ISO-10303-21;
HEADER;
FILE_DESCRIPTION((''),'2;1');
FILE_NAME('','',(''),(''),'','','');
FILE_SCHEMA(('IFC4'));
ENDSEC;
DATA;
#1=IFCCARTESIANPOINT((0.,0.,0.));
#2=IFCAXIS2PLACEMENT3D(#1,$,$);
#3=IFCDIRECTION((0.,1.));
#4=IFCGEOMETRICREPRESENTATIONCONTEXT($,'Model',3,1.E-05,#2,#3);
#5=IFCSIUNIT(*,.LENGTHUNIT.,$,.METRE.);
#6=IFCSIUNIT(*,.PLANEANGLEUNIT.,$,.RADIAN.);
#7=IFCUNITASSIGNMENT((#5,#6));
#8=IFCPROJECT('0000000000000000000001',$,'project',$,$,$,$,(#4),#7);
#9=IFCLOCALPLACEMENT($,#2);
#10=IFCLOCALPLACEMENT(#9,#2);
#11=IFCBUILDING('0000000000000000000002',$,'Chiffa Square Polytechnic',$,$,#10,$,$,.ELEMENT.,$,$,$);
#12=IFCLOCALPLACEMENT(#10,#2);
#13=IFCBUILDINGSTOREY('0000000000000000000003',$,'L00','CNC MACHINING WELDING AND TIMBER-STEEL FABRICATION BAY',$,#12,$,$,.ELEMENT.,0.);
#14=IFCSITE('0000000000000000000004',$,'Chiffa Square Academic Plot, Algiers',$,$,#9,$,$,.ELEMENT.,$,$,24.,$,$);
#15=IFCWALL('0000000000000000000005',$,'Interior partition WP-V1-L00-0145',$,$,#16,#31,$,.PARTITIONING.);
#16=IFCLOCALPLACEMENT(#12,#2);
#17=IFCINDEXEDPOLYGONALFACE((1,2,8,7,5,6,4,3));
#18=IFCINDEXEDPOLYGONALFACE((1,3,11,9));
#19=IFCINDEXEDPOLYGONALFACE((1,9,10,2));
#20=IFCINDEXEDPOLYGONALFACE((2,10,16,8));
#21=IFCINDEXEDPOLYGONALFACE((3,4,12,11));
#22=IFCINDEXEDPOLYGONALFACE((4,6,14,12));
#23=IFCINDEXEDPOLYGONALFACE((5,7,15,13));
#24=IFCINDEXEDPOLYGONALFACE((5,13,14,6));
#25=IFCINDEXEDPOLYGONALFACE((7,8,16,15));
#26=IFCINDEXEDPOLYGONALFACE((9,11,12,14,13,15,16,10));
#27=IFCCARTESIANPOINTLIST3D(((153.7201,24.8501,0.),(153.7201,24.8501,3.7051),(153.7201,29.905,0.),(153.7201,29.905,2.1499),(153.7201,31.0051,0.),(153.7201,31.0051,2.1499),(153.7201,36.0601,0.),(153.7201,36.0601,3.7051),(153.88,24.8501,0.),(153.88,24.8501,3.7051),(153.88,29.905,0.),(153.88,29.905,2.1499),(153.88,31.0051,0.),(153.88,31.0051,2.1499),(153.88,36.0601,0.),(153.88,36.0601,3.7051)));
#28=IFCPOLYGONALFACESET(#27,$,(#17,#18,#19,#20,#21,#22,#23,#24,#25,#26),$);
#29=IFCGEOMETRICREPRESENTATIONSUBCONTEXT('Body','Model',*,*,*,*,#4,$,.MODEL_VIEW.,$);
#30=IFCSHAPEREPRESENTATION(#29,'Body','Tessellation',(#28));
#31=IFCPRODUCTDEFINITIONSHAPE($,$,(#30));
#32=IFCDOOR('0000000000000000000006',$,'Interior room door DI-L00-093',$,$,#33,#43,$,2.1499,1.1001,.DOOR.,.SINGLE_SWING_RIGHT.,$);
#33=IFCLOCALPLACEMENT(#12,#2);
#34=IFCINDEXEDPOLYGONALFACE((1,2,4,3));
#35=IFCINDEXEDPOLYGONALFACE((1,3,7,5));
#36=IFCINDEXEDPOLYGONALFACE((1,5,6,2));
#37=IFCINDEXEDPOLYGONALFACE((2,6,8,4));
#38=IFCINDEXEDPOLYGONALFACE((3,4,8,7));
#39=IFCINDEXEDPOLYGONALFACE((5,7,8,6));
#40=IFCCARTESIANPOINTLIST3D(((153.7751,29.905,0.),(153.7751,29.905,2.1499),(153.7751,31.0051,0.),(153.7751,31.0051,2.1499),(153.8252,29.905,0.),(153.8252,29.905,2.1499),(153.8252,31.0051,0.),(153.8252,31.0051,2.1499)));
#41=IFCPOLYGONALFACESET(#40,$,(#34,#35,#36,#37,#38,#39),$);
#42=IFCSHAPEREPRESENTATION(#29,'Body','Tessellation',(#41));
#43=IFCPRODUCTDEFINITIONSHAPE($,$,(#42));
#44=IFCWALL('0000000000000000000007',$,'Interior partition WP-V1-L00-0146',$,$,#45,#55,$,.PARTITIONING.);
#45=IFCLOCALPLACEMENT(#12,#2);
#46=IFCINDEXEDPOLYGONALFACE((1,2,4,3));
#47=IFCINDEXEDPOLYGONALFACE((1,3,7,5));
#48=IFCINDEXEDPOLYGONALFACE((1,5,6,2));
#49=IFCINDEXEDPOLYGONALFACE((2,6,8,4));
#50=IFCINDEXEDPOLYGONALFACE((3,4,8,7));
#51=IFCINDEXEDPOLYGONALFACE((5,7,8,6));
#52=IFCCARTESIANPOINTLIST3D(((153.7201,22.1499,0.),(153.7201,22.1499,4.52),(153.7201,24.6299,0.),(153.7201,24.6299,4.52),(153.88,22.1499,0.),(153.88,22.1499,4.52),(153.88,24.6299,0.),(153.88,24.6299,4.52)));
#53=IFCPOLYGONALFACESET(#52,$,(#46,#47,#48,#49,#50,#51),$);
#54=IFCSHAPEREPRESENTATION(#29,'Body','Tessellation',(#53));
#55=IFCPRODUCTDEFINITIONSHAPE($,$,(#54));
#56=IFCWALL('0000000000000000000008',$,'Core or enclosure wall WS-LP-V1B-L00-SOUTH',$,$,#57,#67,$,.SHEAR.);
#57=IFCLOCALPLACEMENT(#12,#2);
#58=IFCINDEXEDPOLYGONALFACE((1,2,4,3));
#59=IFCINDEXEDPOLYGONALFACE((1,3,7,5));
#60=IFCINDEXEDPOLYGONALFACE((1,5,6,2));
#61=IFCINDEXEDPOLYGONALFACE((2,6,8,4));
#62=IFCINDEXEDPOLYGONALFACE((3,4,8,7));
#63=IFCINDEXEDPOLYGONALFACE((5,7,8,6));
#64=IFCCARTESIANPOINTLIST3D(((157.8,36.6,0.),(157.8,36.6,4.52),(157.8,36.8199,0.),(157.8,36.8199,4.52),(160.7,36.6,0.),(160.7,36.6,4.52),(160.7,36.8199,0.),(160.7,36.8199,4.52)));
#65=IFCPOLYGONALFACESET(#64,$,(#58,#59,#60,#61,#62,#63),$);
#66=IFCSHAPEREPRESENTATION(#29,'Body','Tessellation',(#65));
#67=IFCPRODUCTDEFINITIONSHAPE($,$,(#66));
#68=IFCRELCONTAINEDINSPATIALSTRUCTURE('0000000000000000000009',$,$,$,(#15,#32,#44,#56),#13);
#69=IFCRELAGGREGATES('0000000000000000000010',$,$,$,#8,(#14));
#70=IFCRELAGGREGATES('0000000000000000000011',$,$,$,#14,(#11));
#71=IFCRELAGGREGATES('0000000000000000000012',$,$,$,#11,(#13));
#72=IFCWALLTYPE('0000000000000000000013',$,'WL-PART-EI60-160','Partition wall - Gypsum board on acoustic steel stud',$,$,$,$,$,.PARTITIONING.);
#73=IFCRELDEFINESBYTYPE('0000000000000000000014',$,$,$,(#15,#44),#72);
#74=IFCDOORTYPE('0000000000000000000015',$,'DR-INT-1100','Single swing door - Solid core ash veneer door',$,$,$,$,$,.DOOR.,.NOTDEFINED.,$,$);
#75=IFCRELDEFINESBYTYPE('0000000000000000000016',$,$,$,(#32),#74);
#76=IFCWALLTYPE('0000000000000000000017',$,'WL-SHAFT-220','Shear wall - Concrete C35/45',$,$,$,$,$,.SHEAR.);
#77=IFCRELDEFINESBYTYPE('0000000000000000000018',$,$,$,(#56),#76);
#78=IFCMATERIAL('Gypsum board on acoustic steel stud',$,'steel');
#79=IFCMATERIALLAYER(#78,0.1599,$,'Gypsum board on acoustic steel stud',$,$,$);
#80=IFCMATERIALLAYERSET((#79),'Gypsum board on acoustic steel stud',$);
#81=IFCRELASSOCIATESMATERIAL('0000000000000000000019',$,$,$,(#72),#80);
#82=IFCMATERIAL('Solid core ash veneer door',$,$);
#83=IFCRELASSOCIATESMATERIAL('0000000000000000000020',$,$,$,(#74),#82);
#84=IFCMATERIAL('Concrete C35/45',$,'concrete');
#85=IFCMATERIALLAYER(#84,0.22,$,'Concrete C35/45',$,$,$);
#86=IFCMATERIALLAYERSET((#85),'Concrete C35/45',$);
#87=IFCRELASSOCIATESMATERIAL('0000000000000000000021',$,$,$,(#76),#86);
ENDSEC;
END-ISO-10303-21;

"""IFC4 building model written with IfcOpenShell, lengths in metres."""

from ifc_helpers import new_model, si_unit, direction, frame, frame_2d, origin, place, context, subcontext, project, spatial, rectangle, extrude, material, layer, layer_set, type_object, element, fill, save


model = new_model("IFC4")

# Units and contexts
model_context = context("Model", 3, precision=1e-05, world=origin(), true_north=direction((0.0, 1.0)))
body_context = subcontext(model_context, "Body", "Model", "MODEL_VIEW")
ifc_project = project(units=[si_unit("LENGTHUNIT", "METRE"), si_unit("PLANEANGLEUNIT", "RADIAN")], contexts=[model_context])

# Site, building, storey
site_placement = place(None, origin())
site = spatial("IfcSite", under=ifc_project, at=site_placement, Name="Chiffa Square Academic Plot, Algiers", CompositionType="ELEMENT", RefElevation=24.0)
building_placement = place(site_placement, origin())
building = spatial("IfcBuilding", under=site, at=building_placement, Name="Chiffa Square Polytechnic", CompositionType="ELEMENT")
storey_placement = place(building_placement, origin())
storey = spatial("IfcBuildingStorey", under=building, at=storey_placement, Name="L00", Description="CNC MACHINING WELDING AND TIMBER-STEEL FABRICATION BAY", CompositionType="ELEMENT", Elevation=0.0)

# Shared definitions
ifc_material_1 = material(Name="Concrete C35/45", Category="concrete")

# Shared definitions
ifc_material_2 = material(Name="Gypsum board on acoustic steel stud", Category="steel")
ifc_layer_1 = layer(ifc_material_2, 0.1599, Name="Gypsum board on acoustic steel stud")
ifc_layer_set_1 = layer_set([ifc_layer_1], Name="Gypsum board on acoustic steel stud")
wall_type_1 = type_object("IfcWallType", Name="WL-PART-EI60-160", Description="Partition wall - Gypsum board on acoustic steel stud", PredefinedType="PARTITIONING", material=ifc_layer_set_1)

# Wall, opening, door
ifc_material_3 = material(Name="Solid core ash veneer door")
door_type_1 = type_object("IfcDoorType", Name="DR-INT-1100", Description="Single swing door - Solid core ash veneer door", OperationType="NOTDEFINED", PredefinedType="DOOR", material=ifc_material_3)
wall_1_placement = place(storey_placement, frame((153.8, 24.8501, 0.0), z_axis=(0.0, 0.0, 1.0), x_axis=(0.0, 1.0, 0.0)))
wall_1 = element("IfcWall", 1, at=wall_1_placement, inside=storey, type_object=wall_type_1, Name="Interior partition WP-V1-L00-0145", PredefinedType="PARTITIONING", context=body_context, shape_type="SweptSolid", body=[
    extrude(rectangle(XDim=11.21, YDim=0.1599, at=frame_2d((5.605, 0.0))), origin(), (0.0, 0.0, 1.0), 3.7051),
])
opening_1_placement = place(wall_1_placement, frame((5.0549, 0.0, 0.0)))
opening_1 = element("IfcOpeningElement", 2, at=opening_1_placement, cuts=wall_1, PredefinedType="OPENING", context=body_context, shape_type="SweptSolid", body=[
    extrude(rectangle(XDim=1.1001, YDim=2.1499, at=frame_2d((0.55, 1.075))), frame((0.0, 0.0898, 0.0), z_axis=(0.0, -1.0, 0.0), x_axis=(1.0, 0.0, 0.0)), (0.0, 0.0, 1.0), 0.1799),
])
door_1_placement = place(opening_1_placement, origin())
door_1 = element("IfcDoor", 3, at=door_1_placement, inside=storey, type_object=door_type_1, Name="Interior room door DI-L00-093", OperationType="SINGLE_SWING_RIGHT", OverallHeight=2.1499, OverallWidth=1.1001, PredefinedType="DOOR", context=body_context, shape_type="SweptSolid", body=[
    extrude(rectangle(XDim=1.1001, YDim=2.1499, at=frame_2d((0.55, 1.075))), frame((0.0, 0.0249, 0.0), z_axis=(0.0, -1.0, 0.0), x_axis=(1.0, 0.0, 0.0)), (0.0, 0.0, 1.0), 0.05),
])
fill(opening_1, door_1)

# Walls
wall_2_placement = place(storey_placement, frame((153.8, 22.1499, 0.0), z_axis=(0.0, 0.0, 1.0), x_axis=(0.0, 1.0, 0.0)))
element("IfcWall", 4, at=wall_2_placement, inside=storey, type_object=wall_type_1, Name="Interior partition WP-V1-L00-0146", PredefinedType="PARTITIONING", context=body_context, shape_type="SweptSolid", body=[
    extrude(rectangle(XDim=2.48, YDim=0.1599, at=frame_2d((1.24, 0.0))), origin(), (0.0, 0.0, 1.0), 4.52),
])
ifc_layer_2 = layer(ifc_material_1, 0.22, Name="Concrete C35/45")
ifc_layer_set_2 = layer_set([ifc_layer_2], Name="Concrete C35/45")
wall_type_2 = type_object("IfcWallType", Name="WL-SHAFT-220", Description="Shear wall - Concrete C35/45", PredefinedType="SHEAR", material=ifc_layer_set_2)
wall_3_placement = place(storey_placement, frame((157.8, 36.71, 0.0), z_axis=(0.0, 0.0, 1.0), x_axis=(1.0, 0.0, 0.0)))
element("IfcWall", 5, at=wall_3_placement, inside=storey, type_object=wall_type_2, Name="Core or enclosure wall WS-LP-V1B-L00-SOUTH", PredefinedType="SHEAR", context=body_context, shape_type="SweptSolid", body=[
    extrude(rectangle(XDim=2.8999, YDim=0.22, at=frame_2d((1.45, 0.0))), origin(), (0.0, 0.0, 1.0), 4.52),
])

save(model, "model.ifc")
